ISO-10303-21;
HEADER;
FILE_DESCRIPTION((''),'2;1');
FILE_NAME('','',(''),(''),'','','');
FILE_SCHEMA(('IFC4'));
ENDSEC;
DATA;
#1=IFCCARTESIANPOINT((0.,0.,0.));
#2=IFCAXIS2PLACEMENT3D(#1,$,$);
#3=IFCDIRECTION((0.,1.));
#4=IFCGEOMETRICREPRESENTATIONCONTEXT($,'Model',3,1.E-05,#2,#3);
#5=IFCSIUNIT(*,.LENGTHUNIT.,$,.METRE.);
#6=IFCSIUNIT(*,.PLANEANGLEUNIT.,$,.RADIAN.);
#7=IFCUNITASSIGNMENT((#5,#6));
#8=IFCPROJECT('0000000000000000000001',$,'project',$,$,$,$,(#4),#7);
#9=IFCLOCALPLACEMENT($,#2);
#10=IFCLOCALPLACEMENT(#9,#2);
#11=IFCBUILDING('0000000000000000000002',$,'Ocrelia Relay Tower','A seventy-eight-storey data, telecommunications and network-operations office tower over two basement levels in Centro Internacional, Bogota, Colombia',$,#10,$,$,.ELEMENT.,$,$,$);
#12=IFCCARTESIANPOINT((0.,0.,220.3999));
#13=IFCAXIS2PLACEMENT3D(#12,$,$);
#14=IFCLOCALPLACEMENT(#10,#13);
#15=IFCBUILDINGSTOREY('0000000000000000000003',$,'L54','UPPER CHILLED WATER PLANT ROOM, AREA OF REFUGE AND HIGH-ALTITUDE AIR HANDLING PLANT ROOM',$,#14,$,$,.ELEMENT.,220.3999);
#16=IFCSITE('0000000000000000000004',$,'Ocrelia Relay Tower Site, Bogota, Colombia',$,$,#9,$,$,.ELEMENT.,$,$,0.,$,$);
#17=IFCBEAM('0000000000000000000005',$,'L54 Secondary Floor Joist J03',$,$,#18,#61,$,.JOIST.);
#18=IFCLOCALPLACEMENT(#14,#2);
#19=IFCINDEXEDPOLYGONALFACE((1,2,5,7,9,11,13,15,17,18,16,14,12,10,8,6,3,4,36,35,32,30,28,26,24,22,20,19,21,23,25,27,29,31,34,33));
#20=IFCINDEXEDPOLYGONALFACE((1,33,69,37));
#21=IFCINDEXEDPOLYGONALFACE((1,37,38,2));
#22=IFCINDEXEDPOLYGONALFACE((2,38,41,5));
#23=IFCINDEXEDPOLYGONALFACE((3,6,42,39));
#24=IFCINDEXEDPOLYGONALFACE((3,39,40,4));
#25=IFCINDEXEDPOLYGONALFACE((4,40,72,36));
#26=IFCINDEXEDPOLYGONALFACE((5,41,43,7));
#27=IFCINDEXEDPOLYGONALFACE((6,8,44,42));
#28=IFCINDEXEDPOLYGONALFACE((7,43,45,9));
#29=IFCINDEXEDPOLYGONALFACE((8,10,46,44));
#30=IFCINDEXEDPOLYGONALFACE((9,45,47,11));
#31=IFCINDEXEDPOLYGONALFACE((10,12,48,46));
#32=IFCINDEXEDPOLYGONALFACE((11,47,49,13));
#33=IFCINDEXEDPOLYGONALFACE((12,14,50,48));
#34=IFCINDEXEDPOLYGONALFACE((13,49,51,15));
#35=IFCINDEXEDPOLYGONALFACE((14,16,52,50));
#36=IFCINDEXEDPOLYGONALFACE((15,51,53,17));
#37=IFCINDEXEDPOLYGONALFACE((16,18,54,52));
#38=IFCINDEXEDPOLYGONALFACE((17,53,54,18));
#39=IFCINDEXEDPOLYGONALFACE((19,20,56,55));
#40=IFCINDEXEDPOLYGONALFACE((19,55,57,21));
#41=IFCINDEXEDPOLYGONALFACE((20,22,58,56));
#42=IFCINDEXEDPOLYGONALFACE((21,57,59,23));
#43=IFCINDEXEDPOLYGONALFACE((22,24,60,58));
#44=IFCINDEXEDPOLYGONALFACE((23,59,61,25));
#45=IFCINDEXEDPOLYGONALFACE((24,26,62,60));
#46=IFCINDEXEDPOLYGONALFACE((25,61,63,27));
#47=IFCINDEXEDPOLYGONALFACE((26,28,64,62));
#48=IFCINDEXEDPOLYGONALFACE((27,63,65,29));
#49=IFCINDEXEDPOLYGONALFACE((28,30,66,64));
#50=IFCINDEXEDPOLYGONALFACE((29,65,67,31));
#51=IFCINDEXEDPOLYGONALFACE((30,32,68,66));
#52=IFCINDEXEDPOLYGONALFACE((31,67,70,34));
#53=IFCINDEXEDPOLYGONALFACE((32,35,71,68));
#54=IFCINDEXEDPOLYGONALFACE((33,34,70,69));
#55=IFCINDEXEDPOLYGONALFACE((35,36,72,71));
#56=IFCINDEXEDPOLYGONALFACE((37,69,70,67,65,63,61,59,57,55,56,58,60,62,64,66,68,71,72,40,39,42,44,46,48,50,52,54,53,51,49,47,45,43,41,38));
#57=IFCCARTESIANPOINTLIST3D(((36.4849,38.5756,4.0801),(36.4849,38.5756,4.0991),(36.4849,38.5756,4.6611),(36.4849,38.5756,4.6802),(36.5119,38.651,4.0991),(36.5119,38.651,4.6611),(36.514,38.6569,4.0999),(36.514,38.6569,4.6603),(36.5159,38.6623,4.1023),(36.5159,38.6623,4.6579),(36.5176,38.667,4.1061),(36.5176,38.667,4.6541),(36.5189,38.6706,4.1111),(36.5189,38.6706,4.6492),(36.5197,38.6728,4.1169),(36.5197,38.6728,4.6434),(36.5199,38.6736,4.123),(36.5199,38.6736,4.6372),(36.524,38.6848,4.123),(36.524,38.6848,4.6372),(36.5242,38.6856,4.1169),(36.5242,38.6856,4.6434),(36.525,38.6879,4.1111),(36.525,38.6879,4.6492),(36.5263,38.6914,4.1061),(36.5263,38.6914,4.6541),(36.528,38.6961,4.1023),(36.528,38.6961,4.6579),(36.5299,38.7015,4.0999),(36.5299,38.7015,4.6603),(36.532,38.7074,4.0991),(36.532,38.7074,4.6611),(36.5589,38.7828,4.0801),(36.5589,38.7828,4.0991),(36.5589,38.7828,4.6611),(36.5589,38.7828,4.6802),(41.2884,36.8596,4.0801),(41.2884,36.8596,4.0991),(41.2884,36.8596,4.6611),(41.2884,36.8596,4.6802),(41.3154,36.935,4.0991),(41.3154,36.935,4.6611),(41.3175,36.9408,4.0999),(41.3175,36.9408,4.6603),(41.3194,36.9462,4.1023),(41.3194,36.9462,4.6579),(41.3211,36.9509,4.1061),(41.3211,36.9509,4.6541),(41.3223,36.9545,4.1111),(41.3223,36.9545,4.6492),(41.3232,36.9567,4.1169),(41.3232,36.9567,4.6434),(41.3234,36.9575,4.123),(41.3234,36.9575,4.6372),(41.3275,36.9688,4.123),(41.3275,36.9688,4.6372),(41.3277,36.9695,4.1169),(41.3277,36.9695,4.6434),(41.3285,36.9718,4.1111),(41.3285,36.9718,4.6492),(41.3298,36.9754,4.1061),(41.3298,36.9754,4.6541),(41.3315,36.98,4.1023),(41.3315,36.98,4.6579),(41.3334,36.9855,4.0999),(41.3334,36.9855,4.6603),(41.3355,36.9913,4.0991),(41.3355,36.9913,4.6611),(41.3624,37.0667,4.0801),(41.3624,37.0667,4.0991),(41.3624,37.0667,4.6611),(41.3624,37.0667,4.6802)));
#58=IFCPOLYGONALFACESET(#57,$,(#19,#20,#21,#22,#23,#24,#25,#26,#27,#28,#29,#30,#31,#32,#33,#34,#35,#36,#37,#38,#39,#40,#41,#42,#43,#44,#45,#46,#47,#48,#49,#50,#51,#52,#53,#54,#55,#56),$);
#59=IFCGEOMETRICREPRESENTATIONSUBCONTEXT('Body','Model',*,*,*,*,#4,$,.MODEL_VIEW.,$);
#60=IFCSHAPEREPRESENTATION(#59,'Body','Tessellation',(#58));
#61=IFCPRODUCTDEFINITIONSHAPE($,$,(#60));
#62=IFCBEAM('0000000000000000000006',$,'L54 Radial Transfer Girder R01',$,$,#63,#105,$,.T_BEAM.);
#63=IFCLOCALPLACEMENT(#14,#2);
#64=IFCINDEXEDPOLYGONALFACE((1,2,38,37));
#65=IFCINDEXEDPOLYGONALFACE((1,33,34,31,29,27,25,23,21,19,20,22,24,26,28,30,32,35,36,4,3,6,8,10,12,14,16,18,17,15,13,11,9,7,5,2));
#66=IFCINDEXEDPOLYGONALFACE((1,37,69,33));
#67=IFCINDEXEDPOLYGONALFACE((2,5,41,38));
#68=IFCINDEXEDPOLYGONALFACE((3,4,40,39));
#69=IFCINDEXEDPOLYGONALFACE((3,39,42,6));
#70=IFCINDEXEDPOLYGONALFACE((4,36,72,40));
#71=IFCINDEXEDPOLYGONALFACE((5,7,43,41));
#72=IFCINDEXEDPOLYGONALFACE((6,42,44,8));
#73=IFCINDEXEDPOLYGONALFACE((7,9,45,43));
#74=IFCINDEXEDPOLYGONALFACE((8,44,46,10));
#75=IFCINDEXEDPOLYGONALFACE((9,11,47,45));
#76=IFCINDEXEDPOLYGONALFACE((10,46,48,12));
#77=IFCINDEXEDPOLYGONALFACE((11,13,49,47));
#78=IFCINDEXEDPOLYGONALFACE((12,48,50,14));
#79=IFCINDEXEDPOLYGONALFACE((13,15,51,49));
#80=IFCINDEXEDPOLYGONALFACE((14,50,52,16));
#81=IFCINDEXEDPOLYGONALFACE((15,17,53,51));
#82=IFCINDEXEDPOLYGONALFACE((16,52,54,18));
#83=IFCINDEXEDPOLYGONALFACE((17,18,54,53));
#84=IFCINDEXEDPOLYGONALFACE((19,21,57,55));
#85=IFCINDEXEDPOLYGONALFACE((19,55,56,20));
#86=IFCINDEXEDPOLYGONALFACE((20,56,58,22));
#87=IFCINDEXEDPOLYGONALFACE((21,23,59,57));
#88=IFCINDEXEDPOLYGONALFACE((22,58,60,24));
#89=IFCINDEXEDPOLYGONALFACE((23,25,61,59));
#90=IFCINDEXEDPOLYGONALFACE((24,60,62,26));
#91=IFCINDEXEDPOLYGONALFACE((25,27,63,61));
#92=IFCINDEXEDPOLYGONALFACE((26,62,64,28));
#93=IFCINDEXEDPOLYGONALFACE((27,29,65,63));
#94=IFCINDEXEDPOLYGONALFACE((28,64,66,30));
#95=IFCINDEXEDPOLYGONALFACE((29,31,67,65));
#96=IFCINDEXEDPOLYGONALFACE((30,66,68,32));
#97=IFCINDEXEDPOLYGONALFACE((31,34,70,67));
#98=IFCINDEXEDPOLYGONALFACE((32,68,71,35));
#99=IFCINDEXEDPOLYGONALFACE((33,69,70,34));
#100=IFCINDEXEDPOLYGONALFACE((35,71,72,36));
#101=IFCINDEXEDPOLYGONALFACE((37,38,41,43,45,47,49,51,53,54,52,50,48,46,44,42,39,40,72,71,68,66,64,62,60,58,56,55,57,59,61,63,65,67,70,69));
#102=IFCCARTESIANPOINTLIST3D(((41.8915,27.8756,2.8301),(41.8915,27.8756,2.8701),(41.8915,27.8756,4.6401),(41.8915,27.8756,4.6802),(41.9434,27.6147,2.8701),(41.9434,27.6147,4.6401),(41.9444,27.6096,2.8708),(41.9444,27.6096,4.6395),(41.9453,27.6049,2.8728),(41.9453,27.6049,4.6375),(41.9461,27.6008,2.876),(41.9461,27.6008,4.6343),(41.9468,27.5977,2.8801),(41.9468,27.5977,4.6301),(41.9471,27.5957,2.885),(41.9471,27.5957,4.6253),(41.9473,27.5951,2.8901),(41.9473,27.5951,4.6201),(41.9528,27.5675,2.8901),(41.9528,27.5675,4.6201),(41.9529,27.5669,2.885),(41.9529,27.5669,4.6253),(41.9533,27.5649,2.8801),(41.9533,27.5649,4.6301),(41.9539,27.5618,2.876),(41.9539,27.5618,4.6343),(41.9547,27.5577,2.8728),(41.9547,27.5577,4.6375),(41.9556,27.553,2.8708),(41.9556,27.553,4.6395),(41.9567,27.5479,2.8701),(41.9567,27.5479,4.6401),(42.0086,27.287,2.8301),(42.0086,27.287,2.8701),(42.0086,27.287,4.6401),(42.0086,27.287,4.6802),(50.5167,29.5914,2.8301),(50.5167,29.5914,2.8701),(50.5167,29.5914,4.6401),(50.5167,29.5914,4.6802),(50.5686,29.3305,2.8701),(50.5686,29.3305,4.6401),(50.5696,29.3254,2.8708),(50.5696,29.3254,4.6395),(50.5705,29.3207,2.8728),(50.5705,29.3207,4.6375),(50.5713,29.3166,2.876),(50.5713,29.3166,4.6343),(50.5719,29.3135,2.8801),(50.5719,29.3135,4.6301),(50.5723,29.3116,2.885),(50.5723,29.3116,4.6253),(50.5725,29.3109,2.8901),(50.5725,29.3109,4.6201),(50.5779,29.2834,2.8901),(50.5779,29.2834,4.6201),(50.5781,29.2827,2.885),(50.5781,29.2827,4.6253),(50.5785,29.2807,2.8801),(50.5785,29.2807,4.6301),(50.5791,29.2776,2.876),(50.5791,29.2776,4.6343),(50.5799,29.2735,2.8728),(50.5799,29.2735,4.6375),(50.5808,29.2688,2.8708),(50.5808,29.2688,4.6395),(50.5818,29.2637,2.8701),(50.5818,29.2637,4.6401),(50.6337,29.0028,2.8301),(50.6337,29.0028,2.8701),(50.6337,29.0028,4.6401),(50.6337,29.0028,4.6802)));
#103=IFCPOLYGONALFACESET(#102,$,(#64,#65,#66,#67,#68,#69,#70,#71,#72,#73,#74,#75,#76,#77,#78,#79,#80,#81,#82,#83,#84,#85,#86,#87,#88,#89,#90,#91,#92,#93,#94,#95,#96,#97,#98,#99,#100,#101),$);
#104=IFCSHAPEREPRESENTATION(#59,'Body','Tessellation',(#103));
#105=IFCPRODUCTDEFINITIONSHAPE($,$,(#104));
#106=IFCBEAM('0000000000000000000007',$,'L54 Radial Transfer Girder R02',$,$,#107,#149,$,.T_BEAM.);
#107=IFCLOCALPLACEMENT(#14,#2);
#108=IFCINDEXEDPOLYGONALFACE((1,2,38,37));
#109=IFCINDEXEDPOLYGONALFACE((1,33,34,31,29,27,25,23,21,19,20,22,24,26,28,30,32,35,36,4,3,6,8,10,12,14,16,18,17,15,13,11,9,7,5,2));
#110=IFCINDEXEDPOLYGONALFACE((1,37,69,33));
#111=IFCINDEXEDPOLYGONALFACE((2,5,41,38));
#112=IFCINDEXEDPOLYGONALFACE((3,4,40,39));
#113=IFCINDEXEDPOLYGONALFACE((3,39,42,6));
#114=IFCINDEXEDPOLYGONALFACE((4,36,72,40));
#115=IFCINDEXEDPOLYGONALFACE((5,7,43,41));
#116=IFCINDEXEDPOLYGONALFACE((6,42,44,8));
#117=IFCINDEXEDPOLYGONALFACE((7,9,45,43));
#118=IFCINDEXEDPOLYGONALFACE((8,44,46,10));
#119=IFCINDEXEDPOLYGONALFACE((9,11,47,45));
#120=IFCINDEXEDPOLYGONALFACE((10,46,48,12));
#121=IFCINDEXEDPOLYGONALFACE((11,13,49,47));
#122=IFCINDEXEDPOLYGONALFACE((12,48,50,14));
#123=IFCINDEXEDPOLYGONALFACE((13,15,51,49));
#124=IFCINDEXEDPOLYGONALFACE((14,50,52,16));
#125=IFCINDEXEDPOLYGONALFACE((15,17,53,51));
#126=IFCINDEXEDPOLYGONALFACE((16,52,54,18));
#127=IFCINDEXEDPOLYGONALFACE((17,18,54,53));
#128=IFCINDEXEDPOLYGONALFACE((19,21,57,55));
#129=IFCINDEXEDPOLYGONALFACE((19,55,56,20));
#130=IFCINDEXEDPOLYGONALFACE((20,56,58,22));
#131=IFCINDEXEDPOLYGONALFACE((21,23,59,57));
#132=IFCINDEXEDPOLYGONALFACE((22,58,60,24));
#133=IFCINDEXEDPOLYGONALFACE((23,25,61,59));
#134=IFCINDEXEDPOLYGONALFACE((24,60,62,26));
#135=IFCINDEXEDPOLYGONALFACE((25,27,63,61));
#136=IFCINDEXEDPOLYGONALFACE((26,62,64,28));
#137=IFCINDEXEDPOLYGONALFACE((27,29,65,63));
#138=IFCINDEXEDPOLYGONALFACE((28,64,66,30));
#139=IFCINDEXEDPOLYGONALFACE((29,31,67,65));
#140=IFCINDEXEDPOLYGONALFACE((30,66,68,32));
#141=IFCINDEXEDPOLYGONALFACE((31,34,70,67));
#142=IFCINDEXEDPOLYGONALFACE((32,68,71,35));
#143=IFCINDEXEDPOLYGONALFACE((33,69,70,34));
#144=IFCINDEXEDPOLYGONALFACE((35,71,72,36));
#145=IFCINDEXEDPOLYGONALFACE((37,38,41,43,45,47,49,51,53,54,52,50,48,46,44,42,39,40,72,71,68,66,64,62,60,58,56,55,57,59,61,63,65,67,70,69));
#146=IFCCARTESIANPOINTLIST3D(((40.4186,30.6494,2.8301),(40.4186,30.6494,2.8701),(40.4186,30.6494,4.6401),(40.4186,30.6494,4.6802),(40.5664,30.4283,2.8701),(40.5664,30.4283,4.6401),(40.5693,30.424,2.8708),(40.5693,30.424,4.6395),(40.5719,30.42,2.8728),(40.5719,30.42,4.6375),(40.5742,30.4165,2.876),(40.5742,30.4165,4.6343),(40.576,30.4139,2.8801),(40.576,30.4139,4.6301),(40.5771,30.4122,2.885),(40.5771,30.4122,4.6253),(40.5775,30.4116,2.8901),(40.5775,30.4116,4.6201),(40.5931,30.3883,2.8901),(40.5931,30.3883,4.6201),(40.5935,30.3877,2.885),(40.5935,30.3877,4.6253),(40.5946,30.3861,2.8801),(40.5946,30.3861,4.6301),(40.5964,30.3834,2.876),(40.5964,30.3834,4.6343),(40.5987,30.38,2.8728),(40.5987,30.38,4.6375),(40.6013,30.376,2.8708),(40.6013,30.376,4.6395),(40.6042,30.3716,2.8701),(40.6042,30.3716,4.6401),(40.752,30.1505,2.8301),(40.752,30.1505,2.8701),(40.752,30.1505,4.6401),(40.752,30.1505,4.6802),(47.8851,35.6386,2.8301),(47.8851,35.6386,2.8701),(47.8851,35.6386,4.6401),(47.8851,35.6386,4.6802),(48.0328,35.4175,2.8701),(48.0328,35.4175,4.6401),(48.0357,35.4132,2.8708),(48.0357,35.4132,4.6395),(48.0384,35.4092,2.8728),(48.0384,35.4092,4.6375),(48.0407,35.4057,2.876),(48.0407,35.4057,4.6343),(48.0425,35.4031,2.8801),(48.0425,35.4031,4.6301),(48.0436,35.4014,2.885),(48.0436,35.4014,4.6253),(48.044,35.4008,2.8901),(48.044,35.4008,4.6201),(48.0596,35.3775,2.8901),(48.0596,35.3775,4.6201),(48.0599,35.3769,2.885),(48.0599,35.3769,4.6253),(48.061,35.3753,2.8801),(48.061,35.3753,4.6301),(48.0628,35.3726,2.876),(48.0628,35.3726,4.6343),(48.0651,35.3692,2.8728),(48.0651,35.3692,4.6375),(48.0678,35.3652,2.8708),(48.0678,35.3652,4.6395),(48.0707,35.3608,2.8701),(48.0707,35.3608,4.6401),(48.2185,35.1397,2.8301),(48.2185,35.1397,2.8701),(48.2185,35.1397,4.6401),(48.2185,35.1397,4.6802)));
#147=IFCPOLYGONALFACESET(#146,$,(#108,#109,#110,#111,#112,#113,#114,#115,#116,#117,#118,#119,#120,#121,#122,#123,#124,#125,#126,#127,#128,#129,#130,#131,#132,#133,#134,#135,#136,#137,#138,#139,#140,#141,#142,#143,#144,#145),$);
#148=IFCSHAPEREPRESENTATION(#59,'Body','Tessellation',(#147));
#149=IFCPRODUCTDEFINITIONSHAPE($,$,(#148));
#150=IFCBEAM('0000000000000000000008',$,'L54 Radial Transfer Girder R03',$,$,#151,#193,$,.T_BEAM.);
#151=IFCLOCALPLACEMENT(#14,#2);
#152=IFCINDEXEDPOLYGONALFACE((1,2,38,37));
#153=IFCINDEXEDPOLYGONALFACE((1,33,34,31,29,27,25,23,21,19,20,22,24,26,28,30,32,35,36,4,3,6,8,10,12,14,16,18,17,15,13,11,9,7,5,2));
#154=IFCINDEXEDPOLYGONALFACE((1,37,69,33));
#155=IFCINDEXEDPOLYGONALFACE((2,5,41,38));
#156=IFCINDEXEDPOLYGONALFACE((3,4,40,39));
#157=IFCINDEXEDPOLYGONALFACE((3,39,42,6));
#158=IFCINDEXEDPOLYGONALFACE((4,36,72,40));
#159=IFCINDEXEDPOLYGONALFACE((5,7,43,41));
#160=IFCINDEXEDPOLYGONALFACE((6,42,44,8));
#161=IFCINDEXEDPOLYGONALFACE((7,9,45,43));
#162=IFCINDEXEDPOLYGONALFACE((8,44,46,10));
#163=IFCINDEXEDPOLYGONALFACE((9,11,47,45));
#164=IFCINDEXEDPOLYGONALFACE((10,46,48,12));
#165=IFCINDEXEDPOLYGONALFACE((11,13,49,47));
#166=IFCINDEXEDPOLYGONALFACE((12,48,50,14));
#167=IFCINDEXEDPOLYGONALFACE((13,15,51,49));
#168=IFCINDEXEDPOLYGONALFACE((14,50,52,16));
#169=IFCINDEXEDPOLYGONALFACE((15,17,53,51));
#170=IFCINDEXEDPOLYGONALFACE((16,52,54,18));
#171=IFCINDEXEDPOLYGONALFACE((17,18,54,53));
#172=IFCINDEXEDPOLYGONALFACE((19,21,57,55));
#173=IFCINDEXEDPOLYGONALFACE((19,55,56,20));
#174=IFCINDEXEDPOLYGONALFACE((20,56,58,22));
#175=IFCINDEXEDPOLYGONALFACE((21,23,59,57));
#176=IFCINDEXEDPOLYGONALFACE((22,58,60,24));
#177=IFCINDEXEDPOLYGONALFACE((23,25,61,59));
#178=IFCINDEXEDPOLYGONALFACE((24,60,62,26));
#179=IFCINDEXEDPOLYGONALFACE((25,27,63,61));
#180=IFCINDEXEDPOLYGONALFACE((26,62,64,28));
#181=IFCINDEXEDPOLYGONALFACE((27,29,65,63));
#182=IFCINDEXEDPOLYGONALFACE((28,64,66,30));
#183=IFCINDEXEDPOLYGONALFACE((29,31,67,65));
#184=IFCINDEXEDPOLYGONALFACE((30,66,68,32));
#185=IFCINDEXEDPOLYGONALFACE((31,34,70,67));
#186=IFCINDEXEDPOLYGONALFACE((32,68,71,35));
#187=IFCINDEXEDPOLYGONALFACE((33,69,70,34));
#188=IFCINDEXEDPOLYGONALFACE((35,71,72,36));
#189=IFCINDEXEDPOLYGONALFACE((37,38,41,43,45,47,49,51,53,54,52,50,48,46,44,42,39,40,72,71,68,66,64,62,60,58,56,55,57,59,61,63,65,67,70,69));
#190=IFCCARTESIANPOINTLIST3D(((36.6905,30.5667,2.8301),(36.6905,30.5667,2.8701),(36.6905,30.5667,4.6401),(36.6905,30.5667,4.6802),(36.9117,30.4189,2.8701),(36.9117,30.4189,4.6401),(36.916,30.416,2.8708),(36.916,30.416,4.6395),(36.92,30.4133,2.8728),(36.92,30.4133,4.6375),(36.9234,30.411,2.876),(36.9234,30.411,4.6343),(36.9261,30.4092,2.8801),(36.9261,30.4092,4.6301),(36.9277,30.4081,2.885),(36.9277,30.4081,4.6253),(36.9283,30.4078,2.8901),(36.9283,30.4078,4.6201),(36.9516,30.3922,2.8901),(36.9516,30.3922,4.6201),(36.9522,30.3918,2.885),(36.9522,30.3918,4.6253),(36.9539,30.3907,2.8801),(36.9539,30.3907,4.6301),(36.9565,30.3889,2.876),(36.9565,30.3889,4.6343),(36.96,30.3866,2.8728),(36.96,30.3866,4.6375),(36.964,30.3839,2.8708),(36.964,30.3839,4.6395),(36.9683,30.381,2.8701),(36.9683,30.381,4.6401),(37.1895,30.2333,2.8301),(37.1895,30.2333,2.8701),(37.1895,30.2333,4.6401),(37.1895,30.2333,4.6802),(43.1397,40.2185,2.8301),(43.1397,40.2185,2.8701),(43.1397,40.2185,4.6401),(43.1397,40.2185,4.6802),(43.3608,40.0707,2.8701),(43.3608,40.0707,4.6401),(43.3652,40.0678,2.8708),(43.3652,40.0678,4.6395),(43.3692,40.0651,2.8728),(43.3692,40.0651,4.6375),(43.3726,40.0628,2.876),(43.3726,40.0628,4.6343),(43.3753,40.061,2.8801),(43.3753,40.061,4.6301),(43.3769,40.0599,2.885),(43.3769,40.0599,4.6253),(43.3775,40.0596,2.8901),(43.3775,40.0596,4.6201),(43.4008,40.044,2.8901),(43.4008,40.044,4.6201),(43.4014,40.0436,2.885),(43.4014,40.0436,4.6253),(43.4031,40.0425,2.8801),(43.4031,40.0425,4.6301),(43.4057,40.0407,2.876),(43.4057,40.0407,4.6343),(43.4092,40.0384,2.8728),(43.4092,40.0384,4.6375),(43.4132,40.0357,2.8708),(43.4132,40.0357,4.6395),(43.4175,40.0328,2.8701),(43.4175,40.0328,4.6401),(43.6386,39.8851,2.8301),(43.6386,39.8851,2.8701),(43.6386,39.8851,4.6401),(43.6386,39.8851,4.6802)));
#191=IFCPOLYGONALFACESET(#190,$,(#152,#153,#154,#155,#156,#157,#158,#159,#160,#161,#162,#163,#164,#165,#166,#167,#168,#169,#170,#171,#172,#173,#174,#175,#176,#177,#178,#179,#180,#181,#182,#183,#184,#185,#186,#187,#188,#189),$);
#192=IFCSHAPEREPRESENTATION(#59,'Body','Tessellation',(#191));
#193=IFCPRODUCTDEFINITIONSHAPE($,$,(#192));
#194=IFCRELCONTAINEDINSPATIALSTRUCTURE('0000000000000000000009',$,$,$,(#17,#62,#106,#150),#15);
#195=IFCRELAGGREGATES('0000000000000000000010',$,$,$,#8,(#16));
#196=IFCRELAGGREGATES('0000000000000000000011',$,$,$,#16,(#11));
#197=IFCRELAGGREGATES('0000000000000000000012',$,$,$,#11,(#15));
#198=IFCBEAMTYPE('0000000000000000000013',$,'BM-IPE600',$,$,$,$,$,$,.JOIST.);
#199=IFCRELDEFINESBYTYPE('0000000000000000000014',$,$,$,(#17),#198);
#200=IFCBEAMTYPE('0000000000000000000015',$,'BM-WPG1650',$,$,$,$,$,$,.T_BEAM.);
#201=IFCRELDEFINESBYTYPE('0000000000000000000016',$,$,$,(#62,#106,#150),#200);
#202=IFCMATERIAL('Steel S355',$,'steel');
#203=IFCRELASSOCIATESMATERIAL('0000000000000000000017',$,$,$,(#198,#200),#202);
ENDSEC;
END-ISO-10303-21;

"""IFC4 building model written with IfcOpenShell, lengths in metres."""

from ifc_helpers import new_model, si_unit, direction, frame, origin, origin_2d, place, context, subcontext, project, spatial, i_section, extrude, material, material_profile, profile_set, type_object, element, save


model = new_model("IFC4")

# Units and contexts
model_context = context("Model", 3, precision=1e-05, world=origin(), true_north=direction((0.0, 1.0)))
body_context = subcontext(model_context, "Body", "Model", "MODEL_VIEW")
ifc_project = project(units=[si_unit("LENGTHUNIT", "METRE"), si_unit("PLANEANGLEUNIT", "RADIAN")], contexts=[model_context])

# Site, building, storey
site_placement = place(None, origin())
site = spatial("IfcSite", under=ifc_project, at=site_placement, Name="Ocrelia Relay Tower Site, Bogota, Colombia", CompositionType="ELEMENT", RefElevation=0.0)
building_placement = place(site_placement, origin())
building = spatial("IfcBuilding", under=site, at=building_placement, Name="Ocrelia Relay Tower", Description="A seventy-eight-storey data, telecommunications and network-operations office tower over two basement levels in Centro Internacional, Bogota, Colombia", CompositionType="ELEMENT")
storey_placement = place(building_placement, frame((0.0, 0.0, 220.3999)))
storey = spatial("IfcBuildingStorey", under=building, at=storey_placement, Name="L54", Description="UPPER CHILLED WATER PLANT ROOM, AREA OF REFUGE AND HIGH-ALTITUDE AIR HANDLING PLANT ROOM", CompositionType="ELEMENT", Elevation=220.3999)

# Beams
ifc_material_1 = material(Name="Steel S355", Category="steel")
ifc_material_profile_1 = material_profile(ifc_material_1, i_section(OverallWidth=0.22, OverallDepth=0.6001, WebThickness=0.012, FlangeThickness=0.019, FilletRadius=0.0239, at=origin_2d()), Name="IPE 600")
ifc_profile_set_1 = profile_set([ifc_material_profile_1], Name="Steel S355")
beam_type_1 = type_object("IfcBeamType", Name="BM-IPE600", PredefinedType="JOIST", material=ifc_profile_set_1)
beam_1_placement = place(storey_placement, frame((41.3254, 36.9631, 4.3801), z_axis=(-0.941708, 0.33643, 0.0), x_axis=(-0.33643, -0.941708, 0.0)))
element("IfcBeam", 1, at=beam_1_placement, inside=storey, type_object=beam_type_1, Name="L54 Secondary Floor Joist J03", PredefinedType="JOIST", context=body_context, shape_type="SweptSolid", body=[
    extrude(i_section(OverallWidth=0.22, OverallDepth=0.6001, WebThickness=0.012, FlangeThickness=0.019, FilletRadius=0.0239, at=origin_2d()), origin(), (0.0, 0.0, 1.0), 5.1008),
])
ifc_material_profile_2 = material_profile(ifc_material_1, i_section(OverallWidth=0.6001, OverallDepth=1.8501, WebThickness=0.0281, FlangeThickness=0.04, FilletRadius=0.02, at=origin_2d()), Name="WPG 1850x600")
ifc_profile_set_2 = profile_set([ifc_material_profile_2], Name="Steel S355")
beam_type_2 = type_object("IfcBeamType", Name="BM-WPG1650", PredefinedType="T_BEAM", material=ifc_profile_set_2)
beam_2_placement = place(storey_placement, frame((50.5752, 29.2971, 3.7551), z_axis=(-0.980782, -0.195107, 0.0), x_axis=(0.195107, -0.980782, 0.0)))
element("IfcBeam", 2, at=beam_2_placement, inside=storey, type_object=beam_type_2, Name="L54 Radial Transfer Girder R01", PredefinedType="T_BEAM", context=body_context, shape_type="SweptSolid", body=[
    extrude(i_section(OverallWidth=0.6001, OverallDepth=1.8501, WebThickness=0.0281, FlangeThickness=0.04, FilletRadius=0.02, at=origin_2d()), origin(), (0.0, 0.0, 1.0), 8.7942),
])
beam_3_placement = place(storey_placement, frame((48.0518, 35.3892, 3.7551), z_axis=(-0.831456, -0.555591, 0.0), x_axis=(0.555591, -0.831456, 0.0)))
element("IfcBeam", 3, at=beam_3_placement, inside=storey, type_object=beam_type_2, Name="L54 Radial Transfer Girder R02", PredefinedType="T_BEAM", context=body_context, shape_type="SweptSolid", body=[
    extrude(i_section(OverallWidth=0.6001, OverallDepth=1.8501, WebThickness=0.0281, FlangeThickness=0.04, FilletRadius=0.02, at=origin_2d()), origin(), (0.0, 0.0, 1.0), 8.98),
])
beam_4_placement = place(storey_placement, frame((43.3892, 40.0518, 3.7551), z_axis=(-0.555574, -0.831467, 0.0), x_axis=(0.831467, -0.555574, 0.0)))
element("IfcBeam", 4, at=beam_4_placement, inside=storey, type_object=beam_type_2, Name="L54 Radial Transfer Girder R03", PredefinedType="T_BEAM", context=body_context, shape_type="SweptSolid", body=[
    extrude(i_section(OverallWidth=0.6001, OverallDepth=1.8501, WebThickness=0.0281, FlangeThickness=0.04, FilletRadius=0.02, at=origin_2d()), origin(), (0.0, 0.0, 1.0), 11.6082),
])

save(model, "model.ifc")
